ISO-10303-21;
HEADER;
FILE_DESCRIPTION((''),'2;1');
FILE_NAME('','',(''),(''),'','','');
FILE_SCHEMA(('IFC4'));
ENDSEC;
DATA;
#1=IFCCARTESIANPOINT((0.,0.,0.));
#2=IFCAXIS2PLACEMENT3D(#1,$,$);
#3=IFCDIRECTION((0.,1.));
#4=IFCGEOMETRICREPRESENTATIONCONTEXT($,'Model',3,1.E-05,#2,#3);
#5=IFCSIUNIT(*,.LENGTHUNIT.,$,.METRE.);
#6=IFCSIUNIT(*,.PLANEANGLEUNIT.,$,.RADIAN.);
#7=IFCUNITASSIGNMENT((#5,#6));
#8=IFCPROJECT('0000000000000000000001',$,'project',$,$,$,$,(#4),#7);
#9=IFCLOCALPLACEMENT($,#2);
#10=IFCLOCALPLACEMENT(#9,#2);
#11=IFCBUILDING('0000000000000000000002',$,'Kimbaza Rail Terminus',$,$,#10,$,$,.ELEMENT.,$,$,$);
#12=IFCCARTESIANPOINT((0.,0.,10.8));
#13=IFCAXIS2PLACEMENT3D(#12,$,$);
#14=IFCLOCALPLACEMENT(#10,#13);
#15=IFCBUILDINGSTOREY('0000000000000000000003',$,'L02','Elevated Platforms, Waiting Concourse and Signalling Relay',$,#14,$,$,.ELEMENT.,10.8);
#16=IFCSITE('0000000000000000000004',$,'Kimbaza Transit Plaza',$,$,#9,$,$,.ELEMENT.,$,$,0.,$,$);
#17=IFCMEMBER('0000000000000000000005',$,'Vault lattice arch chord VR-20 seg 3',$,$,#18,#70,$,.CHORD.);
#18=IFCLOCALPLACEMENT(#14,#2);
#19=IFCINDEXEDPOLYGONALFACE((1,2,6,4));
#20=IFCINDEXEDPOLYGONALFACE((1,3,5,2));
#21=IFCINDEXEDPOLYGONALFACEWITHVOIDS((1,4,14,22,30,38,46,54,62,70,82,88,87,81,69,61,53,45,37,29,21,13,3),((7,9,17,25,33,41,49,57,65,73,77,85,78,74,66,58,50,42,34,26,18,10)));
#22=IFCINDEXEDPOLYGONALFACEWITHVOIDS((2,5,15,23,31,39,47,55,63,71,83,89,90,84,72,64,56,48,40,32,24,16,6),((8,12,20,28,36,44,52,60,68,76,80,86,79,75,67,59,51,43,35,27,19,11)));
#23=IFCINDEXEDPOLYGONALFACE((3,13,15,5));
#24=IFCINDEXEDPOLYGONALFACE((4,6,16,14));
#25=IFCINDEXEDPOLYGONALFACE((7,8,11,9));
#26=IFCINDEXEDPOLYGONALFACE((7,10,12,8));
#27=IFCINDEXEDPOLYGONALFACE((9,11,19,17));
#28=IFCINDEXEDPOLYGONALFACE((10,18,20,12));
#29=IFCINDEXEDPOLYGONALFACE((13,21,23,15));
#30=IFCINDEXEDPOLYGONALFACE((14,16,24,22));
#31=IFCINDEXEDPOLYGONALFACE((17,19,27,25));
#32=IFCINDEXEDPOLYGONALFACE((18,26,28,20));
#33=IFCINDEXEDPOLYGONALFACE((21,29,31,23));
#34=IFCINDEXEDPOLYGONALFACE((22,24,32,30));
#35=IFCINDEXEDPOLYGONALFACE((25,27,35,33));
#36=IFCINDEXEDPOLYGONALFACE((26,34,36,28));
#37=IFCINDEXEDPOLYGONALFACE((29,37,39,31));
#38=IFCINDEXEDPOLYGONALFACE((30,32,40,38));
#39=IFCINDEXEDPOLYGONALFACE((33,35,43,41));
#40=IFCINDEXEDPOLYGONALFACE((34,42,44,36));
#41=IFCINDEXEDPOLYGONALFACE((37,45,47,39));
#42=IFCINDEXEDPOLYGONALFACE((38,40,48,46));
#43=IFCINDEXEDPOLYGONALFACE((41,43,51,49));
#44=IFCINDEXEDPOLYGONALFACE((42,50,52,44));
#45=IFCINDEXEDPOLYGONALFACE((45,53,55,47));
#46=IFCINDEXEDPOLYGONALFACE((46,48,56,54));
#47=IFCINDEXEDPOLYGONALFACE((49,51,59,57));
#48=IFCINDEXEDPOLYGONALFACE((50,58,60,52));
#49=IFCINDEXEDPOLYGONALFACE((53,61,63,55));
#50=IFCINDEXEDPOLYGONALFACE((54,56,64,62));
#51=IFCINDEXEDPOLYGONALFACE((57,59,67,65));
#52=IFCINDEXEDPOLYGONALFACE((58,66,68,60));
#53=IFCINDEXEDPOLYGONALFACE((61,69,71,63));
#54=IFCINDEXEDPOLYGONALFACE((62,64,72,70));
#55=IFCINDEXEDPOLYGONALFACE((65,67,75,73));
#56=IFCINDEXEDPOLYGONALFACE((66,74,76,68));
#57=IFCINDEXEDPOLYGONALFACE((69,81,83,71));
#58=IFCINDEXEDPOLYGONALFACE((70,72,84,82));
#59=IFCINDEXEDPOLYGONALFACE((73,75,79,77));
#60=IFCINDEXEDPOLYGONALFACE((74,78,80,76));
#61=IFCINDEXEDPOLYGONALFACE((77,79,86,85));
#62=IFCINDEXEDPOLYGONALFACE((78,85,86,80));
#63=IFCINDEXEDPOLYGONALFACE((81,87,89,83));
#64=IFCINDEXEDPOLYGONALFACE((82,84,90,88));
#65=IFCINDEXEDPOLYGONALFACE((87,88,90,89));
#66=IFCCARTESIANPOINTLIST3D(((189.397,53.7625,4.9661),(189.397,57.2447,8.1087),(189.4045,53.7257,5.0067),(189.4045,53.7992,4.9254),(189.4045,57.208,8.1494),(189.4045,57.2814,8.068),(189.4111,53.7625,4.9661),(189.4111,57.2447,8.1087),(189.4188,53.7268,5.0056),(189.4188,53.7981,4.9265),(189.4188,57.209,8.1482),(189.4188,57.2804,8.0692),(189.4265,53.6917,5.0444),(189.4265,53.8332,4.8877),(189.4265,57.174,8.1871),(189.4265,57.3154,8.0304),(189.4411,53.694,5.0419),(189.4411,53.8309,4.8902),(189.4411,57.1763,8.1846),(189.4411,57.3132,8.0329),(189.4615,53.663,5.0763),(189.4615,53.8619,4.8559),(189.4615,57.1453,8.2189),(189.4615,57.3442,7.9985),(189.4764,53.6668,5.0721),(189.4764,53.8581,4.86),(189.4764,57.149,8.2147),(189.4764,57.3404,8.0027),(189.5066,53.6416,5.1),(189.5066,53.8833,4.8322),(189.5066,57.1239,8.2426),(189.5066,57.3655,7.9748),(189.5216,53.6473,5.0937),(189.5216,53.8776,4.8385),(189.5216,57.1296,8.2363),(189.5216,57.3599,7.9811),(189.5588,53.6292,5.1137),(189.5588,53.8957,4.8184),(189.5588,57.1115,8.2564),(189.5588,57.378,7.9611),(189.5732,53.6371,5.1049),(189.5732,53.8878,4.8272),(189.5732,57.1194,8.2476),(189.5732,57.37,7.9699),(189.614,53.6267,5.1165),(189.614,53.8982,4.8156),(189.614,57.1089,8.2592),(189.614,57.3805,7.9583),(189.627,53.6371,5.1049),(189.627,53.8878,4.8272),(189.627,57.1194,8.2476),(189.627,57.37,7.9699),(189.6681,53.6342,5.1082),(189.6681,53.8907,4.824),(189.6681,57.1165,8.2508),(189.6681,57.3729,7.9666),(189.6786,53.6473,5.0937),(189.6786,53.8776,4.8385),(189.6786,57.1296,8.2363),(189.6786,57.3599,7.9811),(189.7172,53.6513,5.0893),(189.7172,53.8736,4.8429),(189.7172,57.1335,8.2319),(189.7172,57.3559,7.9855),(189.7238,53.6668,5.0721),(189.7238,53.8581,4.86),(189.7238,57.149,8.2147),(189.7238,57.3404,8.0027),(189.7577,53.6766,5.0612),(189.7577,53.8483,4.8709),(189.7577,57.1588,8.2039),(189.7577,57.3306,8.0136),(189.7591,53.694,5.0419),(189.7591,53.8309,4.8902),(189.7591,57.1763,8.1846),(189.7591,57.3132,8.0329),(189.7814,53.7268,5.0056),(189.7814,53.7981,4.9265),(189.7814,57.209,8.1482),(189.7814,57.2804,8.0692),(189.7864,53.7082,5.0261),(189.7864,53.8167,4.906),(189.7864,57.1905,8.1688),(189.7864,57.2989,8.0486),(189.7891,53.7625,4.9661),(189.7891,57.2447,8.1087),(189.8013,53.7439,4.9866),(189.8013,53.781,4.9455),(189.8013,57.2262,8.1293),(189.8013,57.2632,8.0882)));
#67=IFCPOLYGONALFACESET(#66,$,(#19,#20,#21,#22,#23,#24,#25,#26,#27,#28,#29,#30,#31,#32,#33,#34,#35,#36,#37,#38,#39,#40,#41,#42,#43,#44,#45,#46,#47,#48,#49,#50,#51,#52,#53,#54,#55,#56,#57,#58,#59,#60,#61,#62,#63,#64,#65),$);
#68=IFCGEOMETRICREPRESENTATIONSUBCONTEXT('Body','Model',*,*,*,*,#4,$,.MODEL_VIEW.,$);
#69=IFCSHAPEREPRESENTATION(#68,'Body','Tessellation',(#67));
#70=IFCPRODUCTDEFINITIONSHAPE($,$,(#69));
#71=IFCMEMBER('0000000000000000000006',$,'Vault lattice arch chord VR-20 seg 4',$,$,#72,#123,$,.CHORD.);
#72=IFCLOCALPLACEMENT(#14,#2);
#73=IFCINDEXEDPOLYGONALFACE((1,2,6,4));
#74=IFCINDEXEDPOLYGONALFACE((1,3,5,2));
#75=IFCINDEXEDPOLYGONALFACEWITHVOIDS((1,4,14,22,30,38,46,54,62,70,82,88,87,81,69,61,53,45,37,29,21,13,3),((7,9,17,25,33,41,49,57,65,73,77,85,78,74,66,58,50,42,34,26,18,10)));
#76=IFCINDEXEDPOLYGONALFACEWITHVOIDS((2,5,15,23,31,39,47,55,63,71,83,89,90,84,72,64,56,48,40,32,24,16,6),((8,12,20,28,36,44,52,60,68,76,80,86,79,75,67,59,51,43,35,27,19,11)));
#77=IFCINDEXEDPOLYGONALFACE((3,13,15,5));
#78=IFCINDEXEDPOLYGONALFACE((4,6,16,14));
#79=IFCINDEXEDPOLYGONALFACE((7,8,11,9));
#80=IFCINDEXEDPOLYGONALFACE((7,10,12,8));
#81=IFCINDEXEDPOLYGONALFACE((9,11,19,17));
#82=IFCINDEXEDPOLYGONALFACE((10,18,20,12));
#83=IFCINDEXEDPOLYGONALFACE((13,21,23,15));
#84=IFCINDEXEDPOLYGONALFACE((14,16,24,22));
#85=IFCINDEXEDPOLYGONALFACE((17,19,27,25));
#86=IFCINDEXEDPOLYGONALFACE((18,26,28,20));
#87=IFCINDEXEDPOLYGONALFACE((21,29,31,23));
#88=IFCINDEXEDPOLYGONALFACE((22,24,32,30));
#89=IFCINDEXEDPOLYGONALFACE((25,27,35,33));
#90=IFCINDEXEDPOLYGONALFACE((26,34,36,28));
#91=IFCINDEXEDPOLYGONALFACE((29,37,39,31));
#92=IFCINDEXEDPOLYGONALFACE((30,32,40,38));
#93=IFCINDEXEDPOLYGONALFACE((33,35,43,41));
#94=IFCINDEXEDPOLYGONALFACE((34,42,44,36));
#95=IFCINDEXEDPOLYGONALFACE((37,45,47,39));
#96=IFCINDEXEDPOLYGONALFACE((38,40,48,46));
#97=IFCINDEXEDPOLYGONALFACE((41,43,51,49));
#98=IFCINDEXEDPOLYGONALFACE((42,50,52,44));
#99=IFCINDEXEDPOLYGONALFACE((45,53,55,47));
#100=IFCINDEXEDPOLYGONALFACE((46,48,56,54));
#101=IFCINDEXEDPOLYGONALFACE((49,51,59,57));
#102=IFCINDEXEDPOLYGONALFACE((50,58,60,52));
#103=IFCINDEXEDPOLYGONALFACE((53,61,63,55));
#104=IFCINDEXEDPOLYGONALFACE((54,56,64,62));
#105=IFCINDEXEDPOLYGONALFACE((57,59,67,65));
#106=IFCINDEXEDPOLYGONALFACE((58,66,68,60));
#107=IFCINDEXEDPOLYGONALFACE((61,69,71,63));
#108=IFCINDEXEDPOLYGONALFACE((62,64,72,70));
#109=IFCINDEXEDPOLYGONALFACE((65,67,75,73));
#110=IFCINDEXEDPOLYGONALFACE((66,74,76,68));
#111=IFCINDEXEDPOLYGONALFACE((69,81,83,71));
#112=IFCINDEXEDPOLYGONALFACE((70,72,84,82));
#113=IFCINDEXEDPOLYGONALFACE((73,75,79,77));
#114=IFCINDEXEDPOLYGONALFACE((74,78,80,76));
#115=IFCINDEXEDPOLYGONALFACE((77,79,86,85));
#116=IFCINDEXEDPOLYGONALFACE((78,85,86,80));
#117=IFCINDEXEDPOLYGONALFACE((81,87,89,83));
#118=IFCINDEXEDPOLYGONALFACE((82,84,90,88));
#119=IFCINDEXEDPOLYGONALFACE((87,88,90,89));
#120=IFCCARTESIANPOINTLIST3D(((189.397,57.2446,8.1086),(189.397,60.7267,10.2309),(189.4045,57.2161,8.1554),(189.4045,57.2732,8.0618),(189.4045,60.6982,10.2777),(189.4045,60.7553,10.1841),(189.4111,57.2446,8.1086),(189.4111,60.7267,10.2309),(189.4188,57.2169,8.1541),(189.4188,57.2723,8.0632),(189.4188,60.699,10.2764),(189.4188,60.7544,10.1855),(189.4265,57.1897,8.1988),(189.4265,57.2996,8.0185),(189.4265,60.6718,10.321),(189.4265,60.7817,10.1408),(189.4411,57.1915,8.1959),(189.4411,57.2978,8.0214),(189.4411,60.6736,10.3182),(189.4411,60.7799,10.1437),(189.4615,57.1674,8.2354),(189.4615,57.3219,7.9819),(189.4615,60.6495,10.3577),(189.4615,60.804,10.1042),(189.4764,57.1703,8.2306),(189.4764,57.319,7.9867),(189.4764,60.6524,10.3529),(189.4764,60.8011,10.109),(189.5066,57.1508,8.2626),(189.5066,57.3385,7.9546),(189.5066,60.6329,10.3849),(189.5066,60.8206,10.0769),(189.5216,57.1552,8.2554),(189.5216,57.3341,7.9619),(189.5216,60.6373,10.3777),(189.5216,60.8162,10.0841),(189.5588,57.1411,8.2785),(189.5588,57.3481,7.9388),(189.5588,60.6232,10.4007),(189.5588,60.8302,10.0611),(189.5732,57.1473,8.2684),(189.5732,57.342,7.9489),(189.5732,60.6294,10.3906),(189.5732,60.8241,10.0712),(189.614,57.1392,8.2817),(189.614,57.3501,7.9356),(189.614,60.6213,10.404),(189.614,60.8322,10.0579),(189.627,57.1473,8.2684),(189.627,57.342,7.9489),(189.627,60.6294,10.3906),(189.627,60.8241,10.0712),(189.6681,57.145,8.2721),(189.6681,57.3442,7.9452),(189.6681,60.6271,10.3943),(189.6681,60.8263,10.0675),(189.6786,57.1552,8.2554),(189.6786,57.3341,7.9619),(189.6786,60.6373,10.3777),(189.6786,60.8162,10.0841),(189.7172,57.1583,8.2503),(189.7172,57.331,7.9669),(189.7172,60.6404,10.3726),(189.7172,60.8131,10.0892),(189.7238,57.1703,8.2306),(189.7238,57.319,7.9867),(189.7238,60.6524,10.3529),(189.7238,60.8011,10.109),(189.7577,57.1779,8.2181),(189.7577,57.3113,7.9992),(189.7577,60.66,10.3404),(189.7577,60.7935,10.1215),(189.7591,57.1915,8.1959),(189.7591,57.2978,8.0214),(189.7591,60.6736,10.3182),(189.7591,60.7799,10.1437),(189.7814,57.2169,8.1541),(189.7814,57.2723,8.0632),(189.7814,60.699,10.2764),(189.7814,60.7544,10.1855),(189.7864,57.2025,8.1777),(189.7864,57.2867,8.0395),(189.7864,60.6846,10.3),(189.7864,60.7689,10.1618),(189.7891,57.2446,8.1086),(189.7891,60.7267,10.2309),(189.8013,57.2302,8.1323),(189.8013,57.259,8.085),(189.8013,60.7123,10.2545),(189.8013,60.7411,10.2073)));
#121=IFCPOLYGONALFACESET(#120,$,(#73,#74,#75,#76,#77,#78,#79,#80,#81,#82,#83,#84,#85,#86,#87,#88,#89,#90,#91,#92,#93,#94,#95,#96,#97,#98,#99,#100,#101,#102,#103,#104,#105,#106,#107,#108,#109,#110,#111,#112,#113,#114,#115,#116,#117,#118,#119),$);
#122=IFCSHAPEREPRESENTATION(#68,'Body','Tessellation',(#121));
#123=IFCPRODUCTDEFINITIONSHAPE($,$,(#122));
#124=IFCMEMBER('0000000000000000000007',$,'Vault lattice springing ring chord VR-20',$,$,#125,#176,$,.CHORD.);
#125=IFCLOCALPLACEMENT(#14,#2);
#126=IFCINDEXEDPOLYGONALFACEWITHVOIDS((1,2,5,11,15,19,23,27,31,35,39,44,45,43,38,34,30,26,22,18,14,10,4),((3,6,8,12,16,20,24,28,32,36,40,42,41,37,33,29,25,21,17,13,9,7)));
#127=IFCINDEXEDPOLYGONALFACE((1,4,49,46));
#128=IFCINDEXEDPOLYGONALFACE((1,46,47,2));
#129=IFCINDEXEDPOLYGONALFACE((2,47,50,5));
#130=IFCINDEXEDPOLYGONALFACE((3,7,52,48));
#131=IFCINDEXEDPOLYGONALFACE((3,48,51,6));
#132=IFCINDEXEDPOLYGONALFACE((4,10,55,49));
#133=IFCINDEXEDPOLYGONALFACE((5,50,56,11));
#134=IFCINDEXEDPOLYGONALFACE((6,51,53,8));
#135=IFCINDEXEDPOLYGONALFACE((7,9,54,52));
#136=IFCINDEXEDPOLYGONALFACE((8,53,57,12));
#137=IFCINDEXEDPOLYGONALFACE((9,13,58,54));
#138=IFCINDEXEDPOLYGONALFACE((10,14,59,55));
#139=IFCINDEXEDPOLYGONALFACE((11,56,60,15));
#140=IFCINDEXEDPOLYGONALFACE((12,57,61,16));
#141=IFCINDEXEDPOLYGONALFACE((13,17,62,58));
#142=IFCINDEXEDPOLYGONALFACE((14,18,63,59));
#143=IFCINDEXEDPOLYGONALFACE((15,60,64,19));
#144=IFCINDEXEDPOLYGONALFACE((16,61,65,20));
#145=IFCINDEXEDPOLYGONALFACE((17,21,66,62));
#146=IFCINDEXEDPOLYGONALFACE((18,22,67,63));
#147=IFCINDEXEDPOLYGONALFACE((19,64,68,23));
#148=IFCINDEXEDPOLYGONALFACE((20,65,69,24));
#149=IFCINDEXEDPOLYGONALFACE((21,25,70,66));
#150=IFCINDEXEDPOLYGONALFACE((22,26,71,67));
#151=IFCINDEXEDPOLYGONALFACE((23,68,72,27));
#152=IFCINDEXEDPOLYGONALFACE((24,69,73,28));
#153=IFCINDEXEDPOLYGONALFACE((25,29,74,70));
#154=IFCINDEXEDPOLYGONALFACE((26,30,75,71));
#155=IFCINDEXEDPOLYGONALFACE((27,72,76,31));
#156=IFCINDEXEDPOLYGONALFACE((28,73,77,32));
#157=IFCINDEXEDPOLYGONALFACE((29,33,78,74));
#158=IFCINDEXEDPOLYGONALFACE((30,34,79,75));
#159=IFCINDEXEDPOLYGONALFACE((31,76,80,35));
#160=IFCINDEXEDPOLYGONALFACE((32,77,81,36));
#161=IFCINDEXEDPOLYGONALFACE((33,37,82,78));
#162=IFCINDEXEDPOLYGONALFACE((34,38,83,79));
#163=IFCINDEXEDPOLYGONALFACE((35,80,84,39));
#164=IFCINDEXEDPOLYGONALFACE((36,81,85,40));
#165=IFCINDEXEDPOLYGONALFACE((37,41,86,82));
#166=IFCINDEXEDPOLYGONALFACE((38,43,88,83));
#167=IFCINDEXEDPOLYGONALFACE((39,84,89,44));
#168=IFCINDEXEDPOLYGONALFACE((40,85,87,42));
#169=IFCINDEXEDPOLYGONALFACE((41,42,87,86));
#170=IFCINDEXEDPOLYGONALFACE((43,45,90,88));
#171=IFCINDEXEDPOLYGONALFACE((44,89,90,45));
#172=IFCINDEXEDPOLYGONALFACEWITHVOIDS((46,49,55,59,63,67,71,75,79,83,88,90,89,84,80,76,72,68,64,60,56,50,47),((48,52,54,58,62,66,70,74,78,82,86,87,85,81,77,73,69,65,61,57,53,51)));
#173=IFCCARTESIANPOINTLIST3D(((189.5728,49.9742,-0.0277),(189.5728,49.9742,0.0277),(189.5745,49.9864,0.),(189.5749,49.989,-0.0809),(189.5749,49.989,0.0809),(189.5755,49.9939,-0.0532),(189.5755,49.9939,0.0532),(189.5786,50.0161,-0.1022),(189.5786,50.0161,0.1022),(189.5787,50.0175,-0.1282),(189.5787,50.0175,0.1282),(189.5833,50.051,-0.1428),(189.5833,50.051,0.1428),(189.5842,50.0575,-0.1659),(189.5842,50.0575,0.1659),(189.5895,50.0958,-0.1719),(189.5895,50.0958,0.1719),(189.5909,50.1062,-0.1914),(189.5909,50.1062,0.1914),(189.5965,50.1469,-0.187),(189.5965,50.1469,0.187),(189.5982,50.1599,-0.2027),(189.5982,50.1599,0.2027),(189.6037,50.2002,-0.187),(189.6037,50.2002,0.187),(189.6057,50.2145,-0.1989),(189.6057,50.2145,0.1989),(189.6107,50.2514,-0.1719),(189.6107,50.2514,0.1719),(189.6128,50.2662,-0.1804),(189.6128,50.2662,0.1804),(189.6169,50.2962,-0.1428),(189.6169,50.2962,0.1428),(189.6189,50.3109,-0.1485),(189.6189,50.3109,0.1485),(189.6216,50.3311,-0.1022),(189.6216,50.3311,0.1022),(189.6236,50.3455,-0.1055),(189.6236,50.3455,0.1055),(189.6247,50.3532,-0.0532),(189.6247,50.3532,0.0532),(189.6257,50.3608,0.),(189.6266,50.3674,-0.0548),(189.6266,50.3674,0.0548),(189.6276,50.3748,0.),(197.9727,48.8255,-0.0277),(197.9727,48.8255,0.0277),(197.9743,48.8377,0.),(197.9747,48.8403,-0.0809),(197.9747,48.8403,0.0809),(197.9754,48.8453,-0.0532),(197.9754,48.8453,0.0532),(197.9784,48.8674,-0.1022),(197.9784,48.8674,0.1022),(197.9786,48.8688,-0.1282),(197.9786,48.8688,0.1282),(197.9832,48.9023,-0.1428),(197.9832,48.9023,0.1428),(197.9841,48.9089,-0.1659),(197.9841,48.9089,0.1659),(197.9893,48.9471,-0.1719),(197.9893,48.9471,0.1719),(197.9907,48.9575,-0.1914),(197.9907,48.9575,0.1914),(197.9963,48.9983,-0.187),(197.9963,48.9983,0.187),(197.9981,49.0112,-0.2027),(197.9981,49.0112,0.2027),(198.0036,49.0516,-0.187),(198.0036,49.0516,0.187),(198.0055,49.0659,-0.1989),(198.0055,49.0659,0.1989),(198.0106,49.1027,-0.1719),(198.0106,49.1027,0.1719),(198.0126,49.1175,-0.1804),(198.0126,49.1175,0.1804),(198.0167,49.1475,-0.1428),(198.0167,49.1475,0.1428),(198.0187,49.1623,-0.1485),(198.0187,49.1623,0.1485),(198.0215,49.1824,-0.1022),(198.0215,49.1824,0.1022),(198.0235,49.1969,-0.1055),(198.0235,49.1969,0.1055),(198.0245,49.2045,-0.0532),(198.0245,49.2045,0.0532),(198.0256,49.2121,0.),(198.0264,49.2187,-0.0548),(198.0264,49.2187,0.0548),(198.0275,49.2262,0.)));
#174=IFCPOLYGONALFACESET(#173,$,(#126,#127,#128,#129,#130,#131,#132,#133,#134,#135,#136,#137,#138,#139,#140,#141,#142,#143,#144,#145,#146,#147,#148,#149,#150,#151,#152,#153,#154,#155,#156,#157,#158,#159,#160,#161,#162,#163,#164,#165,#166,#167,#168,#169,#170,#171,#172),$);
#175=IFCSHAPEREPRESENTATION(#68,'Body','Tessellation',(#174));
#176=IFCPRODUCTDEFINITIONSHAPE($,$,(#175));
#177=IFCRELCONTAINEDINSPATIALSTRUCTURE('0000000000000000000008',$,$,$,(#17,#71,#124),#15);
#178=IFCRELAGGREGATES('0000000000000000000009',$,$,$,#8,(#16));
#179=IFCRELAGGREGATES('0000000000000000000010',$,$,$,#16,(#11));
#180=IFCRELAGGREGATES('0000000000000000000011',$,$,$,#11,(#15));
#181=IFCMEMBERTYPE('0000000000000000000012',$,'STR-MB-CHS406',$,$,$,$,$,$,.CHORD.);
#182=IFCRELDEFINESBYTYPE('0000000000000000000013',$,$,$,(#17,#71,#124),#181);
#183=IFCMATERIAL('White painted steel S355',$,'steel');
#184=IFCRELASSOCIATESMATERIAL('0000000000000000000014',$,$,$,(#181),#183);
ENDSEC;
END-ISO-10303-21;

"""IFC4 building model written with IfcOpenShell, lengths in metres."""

from ifc_helpers import new_model, si_unit, direction, frame, origin, origin_2d, place, context, subcontext, project, spatial, hollow_circle, extrude, material, material_profile, profile_set, type_object, element, save


model = new_model("IFC4")

# Units and contexts
model_context = context("Model", 3, precision=1e-05, world=origin(), true_north=direction((0.0, 1.0)))
body_context = subcontext(model_context, "Body", "Model", "MODEL_VIEW")
ifc_project = project(units=[si_unit("LENGTHUNIT", "METRE"), si_unit("PLANEANGLEUNIT", "RADIAN")], contexts=[model_context])

# Site, building, storey
site_placement = place(None, origin())
site = spatial("IfcSite", under=ifc_project, at=site_placement, Name="Kimbaza Transit Plaza", CompositionType="ELEMENT", RefElevation=0.0)
building_placement = place(site_placement, origin())
building = spatial("IfcBuilding", under=site, at=building_placement, Name="Kimbaza Rail Terminus", CompositionType="ELEMENT")
storey_placement = place(building_placement, frame((0.0, 0.0, 10.8)))
storey = spatial("IfcBuildingStorey", under=building, at=storey_placement, Name="L02", Description="Elevated Platforms, Waiting Concourse and Signalling Relay", CompositionType="ELEMENT", Elevation=10.8)

# Members
ifc_material_1 = material(Name="White painted steel S355", Category="steel")
ifc_material_profile_1 = material_profile(ifc_material_1, hollow_circle(Radius=0.2031, WallThickness=0.0142, at=origin_2d()), Name="CHS 406.4x14.2")
ifc_profile_set_1 = profile_set([ifc_material_profile_1], Name="White painted steel S355")
member_type_1 = type_object("IfcMemberType", Name="STR-MB-CHS406", PredefinedType="CHORD", material=ifc_profile_set_1)
member_1_placement = place(storey_placement, frame((189.6001, 53.7625, 4.9661), z_axis=(0.0, 0.74238, 0.669979), x_axis=(-1.0, 0.0, 0.0)))
element("IfcMember", 1, at=member_1_placement, inside=storey, type_object=member_type_1, Name="Vault lattice arch chord VR-20 seg 3", PredefinedType="CHORD", context=body_context, shape_type="SweptSolid", body=[
    extrude(hollow_circle(Radius=0.2031, WallThickness=0.0142, at=origin_2d()), origin(), (0.0, 0.0, 1.0), 4.6907),
])
member_2_placement = place(storey_placement, frame((189.6001, 57.2446, 8.1086), z_axis=(0.0, 0.853901, 0.520435), x_axis=(-1.0, 0.0, 0.0)))
element("IfcMember", 2, at=member_2_placement, inside=storey, type_object=member_type_1, Name="Vault lattice arch chord VR-20 seg 4", PredefinedType="CHORD", context=body_context, shape_type="SweptSolid", body=[
    extrude(hollow_circle(Radius=0.2031, WallThickness=0.0142, at=origin_2d()), origin(), (0.0, 0.0, 1.0), 4.0779),
])
member_3_placement = place(storey_placement, frame((189.6001, 50.1736, 0.0), z_axis=(0.990779, -0.135488, 0.0), x_axis=(0.135488, 0.990779, 0.0)))
element("IfcMember", 3, at=member_3_placement, inside=storey, type_object=member_type_1, Name="Vault lattice springing ring chord VR-20", PredefinedType="CHORD", context=body_context, shape_type="SweptSolid", body=[
    extrude(hollow_circle(Radius=0.2031, WallThickness=0.0142, at=origin_2d()), origin(), (0.0, 0.0, 1.0), 8.478),
])

save(model, "model.ifc")
